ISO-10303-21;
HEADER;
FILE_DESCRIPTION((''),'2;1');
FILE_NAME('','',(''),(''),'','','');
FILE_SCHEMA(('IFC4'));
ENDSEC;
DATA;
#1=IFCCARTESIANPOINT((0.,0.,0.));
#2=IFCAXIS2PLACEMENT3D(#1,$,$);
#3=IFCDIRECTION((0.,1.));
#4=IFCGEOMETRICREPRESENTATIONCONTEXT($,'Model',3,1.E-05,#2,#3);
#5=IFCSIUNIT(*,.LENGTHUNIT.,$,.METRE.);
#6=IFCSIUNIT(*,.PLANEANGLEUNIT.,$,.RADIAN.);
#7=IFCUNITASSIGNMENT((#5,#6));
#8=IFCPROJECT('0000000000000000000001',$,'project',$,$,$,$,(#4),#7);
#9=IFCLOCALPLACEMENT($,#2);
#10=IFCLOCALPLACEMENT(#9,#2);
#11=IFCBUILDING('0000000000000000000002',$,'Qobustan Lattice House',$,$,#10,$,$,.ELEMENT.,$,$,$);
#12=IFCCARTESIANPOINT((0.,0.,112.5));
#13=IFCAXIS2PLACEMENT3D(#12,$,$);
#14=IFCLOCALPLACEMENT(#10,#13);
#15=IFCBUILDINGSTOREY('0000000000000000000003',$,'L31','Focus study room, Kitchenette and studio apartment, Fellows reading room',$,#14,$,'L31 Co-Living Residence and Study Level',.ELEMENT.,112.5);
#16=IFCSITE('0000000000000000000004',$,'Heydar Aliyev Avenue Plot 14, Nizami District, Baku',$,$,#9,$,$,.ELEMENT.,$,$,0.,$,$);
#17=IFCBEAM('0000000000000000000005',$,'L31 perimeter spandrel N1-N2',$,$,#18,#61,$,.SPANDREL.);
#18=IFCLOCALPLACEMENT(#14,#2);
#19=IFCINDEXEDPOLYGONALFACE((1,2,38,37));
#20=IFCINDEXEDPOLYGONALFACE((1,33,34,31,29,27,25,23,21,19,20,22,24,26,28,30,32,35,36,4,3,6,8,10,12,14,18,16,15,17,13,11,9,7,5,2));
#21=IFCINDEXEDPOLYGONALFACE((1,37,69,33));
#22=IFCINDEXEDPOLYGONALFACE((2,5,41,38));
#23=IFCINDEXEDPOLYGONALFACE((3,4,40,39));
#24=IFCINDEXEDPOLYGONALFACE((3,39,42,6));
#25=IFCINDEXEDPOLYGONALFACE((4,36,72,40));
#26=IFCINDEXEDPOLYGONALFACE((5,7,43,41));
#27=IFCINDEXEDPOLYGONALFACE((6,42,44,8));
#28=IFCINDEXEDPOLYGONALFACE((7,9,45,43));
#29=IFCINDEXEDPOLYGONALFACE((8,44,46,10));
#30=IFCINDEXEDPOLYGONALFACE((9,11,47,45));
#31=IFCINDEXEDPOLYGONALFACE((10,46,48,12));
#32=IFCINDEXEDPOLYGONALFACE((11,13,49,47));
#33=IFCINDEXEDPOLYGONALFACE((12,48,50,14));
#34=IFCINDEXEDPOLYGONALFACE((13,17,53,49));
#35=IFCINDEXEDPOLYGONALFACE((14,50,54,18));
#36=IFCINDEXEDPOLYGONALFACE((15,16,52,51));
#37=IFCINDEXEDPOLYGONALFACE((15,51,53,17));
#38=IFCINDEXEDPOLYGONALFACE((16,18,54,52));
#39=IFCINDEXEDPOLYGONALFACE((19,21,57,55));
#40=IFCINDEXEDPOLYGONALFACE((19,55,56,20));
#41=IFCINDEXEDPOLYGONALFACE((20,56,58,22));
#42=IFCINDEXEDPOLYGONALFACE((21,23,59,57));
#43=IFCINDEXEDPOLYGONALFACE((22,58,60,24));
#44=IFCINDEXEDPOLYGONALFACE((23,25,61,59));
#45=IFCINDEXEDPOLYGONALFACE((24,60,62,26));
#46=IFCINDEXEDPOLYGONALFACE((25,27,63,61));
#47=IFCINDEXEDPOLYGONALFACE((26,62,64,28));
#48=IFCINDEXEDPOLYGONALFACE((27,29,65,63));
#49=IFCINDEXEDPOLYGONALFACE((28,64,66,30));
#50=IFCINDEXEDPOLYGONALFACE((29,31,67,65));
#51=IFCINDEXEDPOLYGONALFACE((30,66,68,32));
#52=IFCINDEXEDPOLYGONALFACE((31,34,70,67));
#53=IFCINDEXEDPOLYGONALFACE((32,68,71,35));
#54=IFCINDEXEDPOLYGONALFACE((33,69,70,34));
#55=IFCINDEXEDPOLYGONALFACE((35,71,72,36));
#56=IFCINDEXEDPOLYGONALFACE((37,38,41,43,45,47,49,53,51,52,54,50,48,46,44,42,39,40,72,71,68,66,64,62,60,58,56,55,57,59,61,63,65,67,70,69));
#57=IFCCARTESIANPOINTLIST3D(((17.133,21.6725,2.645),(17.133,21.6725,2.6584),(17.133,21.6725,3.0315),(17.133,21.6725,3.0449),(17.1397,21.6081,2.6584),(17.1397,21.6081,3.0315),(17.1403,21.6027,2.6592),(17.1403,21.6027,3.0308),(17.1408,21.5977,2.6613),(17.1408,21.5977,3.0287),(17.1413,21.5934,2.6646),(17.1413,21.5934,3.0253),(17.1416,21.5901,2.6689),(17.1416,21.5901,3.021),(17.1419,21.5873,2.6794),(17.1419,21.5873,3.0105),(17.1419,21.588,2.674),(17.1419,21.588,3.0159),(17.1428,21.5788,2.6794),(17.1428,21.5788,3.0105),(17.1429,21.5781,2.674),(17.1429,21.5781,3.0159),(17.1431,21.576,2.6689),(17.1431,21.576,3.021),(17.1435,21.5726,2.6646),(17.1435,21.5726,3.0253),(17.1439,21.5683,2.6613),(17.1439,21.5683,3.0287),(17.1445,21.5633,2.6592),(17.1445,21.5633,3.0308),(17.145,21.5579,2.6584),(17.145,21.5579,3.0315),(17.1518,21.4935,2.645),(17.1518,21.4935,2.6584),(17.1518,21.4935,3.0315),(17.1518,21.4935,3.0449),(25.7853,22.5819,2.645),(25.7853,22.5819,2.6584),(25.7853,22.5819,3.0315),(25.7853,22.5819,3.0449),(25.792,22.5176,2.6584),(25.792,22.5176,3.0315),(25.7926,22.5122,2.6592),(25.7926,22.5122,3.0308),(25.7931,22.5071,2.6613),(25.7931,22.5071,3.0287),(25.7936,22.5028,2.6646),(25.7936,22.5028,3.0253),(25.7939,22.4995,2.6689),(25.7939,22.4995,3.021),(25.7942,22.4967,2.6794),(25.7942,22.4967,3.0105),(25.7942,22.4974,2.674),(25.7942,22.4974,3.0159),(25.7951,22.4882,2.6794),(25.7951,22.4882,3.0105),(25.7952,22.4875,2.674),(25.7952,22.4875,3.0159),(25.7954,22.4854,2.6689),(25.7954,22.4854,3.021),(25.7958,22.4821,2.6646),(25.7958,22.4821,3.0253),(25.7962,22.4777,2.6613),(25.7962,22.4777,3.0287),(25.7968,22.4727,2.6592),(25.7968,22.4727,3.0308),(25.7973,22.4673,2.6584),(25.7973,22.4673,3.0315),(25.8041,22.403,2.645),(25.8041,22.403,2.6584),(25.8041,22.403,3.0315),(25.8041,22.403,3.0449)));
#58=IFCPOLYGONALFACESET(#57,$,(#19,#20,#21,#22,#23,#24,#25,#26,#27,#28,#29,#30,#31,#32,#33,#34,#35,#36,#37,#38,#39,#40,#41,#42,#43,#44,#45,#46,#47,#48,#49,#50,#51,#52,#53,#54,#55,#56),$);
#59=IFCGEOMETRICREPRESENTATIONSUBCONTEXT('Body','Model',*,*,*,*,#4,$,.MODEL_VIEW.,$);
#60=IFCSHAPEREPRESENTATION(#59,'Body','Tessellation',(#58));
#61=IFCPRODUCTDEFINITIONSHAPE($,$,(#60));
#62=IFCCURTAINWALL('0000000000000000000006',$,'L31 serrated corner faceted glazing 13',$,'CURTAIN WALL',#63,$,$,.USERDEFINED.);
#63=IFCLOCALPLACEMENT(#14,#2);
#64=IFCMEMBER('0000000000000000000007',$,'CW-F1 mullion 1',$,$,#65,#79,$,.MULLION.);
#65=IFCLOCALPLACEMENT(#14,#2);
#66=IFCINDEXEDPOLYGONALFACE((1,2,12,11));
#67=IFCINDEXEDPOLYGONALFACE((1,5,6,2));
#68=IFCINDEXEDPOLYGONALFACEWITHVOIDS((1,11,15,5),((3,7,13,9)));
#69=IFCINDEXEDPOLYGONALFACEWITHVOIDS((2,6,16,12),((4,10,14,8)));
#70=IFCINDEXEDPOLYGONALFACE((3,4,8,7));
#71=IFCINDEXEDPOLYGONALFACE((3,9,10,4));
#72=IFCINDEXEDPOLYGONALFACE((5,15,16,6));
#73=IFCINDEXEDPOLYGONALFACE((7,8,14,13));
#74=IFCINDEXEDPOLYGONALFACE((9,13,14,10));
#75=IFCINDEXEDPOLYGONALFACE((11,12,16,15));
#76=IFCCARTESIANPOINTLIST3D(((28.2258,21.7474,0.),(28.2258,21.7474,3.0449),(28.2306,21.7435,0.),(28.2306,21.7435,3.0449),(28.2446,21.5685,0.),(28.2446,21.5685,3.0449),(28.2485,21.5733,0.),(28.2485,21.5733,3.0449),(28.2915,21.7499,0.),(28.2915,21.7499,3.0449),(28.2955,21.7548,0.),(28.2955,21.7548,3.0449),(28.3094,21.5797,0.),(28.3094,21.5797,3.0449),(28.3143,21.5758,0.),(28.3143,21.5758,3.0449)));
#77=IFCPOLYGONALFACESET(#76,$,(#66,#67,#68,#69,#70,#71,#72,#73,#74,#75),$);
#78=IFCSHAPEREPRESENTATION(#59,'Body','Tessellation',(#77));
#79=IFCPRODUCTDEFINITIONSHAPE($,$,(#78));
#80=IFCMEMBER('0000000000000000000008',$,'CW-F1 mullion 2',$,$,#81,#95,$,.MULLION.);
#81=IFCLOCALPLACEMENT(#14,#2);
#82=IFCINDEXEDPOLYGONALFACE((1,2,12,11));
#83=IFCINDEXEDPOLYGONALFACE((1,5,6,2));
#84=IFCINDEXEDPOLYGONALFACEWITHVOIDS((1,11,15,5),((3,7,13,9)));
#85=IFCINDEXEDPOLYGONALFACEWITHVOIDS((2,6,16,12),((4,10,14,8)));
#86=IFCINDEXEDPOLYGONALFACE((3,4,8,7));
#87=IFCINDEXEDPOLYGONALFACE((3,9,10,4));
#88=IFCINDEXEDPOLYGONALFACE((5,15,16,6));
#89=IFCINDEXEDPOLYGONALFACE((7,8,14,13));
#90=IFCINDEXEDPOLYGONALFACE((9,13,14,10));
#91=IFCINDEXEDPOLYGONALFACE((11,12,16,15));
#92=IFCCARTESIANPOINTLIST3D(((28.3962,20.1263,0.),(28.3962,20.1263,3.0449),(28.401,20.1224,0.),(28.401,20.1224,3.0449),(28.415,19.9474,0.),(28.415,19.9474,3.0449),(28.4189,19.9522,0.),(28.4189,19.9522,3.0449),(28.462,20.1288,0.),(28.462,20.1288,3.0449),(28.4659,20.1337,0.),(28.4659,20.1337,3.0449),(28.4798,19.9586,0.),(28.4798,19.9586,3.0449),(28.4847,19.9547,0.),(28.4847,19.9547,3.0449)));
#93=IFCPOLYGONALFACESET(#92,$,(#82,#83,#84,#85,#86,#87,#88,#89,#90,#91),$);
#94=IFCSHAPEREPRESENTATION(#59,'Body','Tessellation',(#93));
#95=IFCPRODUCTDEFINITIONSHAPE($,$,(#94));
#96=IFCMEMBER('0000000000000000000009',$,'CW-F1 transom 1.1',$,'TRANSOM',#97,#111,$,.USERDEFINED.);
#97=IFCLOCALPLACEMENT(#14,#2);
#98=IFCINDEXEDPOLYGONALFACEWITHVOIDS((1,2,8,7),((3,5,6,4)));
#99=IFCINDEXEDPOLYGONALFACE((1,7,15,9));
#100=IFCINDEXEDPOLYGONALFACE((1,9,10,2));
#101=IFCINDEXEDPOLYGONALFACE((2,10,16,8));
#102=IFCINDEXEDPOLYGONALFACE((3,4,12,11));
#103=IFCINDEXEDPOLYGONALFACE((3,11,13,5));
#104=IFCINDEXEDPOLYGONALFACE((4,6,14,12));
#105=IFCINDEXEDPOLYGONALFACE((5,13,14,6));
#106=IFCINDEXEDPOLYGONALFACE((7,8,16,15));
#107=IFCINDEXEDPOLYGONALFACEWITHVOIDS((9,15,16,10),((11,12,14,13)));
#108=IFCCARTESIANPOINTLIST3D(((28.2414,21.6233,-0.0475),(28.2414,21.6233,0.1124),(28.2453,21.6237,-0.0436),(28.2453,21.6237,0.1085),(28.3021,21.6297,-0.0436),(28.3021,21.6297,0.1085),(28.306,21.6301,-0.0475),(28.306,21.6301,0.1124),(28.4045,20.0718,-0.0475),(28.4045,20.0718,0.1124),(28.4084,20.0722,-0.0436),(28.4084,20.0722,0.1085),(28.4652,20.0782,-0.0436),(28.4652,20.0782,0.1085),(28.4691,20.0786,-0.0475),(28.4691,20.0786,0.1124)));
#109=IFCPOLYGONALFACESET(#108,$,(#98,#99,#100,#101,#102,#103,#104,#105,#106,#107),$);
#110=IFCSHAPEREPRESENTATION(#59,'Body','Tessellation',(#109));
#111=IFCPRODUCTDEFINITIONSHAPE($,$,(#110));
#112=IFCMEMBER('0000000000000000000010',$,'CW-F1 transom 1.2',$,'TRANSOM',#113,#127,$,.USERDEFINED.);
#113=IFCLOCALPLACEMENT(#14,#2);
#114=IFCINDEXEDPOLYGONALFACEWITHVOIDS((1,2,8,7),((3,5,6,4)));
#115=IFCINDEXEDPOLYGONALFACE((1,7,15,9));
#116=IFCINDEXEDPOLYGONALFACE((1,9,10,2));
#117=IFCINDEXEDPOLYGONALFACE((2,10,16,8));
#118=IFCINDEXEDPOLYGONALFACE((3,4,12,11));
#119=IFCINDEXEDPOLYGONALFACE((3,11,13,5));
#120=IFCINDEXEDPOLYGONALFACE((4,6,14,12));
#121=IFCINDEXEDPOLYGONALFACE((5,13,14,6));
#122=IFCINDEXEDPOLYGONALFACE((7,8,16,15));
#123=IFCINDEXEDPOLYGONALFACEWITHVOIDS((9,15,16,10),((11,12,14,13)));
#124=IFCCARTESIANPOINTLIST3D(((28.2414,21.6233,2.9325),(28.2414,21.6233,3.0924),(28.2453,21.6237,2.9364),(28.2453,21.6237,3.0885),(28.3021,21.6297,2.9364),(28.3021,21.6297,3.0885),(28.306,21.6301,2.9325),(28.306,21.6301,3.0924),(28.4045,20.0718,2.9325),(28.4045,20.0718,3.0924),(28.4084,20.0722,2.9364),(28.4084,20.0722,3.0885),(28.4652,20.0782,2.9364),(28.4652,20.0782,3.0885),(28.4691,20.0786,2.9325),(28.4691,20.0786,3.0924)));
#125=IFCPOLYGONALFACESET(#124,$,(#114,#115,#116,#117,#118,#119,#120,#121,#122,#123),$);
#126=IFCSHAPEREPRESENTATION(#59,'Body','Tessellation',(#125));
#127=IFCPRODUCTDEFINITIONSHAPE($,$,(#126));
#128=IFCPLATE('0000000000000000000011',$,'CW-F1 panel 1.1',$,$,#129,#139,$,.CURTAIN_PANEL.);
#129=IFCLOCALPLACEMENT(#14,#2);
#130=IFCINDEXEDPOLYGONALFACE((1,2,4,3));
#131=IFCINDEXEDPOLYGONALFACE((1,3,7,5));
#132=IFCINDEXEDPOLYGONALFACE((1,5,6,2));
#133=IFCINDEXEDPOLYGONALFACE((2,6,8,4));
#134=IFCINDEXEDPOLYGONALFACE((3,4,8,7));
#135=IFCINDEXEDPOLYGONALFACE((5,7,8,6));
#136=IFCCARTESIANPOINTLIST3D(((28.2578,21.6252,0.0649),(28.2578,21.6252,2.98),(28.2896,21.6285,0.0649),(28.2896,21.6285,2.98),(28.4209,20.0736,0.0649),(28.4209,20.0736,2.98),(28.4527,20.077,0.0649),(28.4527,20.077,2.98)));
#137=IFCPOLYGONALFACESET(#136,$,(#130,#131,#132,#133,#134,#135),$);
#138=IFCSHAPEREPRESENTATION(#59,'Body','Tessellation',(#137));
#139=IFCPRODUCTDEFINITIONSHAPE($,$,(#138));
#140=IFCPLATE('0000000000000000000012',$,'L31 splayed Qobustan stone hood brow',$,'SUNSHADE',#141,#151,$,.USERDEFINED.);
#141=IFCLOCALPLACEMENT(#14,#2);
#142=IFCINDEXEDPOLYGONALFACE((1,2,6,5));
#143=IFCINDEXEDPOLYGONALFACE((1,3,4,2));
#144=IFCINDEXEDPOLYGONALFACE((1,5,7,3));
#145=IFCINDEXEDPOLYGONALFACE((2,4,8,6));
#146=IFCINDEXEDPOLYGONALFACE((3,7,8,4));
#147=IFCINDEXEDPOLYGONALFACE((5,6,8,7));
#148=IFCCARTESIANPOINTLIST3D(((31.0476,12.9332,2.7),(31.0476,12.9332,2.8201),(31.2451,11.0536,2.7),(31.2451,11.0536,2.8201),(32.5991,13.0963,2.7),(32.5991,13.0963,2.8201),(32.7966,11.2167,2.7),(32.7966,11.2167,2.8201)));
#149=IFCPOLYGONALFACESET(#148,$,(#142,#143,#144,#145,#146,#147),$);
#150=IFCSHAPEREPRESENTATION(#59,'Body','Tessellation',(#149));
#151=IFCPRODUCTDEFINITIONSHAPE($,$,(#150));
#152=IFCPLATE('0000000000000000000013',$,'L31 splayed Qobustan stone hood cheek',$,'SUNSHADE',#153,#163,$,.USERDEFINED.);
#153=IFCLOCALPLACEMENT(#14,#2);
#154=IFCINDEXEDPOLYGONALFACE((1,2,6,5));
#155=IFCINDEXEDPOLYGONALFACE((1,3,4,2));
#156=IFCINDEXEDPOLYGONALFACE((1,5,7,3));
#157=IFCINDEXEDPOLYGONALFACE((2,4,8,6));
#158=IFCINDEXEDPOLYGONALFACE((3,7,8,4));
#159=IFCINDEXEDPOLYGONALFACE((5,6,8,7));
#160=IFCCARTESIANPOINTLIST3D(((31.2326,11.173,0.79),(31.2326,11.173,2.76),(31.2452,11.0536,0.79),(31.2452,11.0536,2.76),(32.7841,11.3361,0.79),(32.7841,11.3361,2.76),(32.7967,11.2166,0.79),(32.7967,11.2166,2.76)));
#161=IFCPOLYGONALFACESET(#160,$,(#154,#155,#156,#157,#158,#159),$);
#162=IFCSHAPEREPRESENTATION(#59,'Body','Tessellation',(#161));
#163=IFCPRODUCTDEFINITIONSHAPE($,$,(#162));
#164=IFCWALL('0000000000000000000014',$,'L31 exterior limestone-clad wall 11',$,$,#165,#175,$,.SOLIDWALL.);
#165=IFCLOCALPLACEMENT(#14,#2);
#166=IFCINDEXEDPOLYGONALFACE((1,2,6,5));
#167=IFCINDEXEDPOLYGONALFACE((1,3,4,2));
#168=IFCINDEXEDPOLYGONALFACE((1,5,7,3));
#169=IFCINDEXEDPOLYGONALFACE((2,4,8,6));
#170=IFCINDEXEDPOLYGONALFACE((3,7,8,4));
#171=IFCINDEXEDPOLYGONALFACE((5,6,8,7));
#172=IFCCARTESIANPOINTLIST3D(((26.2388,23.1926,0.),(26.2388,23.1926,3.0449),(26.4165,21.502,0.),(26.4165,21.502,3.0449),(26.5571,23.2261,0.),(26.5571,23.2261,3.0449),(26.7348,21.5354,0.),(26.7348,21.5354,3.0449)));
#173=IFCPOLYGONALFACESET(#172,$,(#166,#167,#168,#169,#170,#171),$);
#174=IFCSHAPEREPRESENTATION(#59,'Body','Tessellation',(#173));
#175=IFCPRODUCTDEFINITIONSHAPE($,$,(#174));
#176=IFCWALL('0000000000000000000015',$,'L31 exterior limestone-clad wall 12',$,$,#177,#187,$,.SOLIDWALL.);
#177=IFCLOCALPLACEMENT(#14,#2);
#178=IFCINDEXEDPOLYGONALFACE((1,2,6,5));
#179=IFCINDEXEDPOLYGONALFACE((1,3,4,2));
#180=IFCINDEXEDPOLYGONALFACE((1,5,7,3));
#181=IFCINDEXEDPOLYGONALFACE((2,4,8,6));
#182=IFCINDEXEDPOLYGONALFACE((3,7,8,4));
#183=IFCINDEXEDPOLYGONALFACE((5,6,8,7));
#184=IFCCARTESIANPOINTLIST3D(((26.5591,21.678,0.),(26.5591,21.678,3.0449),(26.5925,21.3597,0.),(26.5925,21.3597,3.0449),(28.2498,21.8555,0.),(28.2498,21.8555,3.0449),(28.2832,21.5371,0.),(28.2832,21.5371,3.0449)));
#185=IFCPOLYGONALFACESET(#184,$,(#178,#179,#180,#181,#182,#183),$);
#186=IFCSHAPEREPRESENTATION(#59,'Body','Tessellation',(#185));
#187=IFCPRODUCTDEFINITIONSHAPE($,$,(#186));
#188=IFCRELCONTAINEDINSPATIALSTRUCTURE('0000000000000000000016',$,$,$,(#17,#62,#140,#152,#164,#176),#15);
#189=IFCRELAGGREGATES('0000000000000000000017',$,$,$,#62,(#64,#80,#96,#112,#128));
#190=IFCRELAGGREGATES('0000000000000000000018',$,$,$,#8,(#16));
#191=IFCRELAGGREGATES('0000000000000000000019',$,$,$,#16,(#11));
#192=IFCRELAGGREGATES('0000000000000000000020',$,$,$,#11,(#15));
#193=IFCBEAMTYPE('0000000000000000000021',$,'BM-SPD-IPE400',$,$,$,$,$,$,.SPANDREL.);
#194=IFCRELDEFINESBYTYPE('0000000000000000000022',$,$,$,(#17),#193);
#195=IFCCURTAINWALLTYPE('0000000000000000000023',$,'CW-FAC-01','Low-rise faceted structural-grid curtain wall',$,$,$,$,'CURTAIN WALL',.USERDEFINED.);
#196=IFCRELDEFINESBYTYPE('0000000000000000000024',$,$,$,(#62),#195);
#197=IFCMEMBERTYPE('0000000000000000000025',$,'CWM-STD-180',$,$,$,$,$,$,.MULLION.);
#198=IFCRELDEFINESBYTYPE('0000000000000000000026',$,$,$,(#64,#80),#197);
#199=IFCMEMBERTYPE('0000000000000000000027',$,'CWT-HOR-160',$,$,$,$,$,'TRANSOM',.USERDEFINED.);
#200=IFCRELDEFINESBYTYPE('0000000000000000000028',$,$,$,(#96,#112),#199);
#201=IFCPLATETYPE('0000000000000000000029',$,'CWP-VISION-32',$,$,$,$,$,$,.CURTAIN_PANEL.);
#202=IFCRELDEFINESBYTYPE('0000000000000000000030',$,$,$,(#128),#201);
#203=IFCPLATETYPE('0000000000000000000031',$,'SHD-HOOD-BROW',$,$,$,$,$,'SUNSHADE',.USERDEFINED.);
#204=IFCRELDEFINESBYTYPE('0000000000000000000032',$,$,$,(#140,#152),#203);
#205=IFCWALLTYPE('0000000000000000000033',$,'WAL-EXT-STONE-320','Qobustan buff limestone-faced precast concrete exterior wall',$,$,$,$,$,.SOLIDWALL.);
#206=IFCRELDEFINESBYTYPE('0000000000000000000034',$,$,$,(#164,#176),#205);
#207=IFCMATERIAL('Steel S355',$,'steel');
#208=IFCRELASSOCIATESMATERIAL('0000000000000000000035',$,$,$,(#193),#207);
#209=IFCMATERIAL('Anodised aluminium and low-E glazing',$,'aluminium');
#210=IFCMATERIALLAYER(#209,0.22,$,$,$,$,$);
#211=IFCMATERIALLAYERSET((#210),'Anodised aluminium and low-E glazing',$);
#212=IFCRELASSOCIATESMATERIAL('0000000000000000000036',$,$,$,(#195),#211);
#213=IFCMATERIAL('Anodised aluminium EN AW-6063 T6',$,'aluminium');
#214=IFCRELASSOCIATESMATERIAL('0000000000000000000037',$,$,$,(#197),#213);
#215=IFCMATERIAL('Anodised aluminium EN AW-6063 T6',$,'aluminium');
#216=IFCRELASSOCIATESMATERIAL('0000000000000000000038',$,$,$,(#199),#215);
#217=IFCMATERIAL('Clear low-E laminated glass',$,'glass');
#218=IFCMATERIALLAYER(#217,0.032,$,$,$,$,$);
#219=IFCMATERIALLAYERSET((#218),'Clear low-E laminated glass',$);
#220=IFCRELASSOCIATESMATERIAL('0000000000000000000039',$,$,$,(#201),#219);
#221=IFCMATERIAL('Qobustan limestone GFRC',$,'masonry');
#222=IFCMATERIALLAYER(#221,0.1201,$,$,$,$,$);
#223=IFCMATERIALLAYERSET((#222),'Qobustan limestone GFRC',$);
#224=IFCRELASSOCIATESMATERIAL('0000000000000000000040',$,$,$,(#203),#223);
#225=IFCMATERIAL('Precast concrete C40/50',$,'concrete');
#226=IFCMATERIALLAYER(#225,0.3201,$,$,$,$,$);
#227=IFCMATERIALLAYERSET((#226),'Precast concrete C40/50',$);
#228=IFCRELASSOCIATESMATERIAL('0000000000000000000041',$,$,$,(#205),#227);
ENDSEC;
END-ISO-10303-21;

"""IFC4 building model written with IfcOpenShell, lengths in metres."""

from ifc_helpers import new_model, si_unit, direction, frame, frame_2d, origin, origin_2d, place, context, subcontext, project, spatial, rectangle, hollow_rectangle, i_section, extrude, material, layer, layer_set, material_profile, profile_set, type_object, element, aggregate, save


model = new_model("IFC4")

# Units and contexts
model_context = context("Model", 3, precision=1e-05, world=origin(), true_north=direction((0.0, 1.0)))
body_context = subcontext(model_context, "Body", "Model", "MODEL_VIEW")
ifc_project = project(units=[si_unit("LENGTHUNIT", "METRE"), si_unit("PLANEANGLEUNIT", "RADIAN")], contexts=[model_context])

# Site, building, storey
site_placement = place(None, origin())
site = spatial("IfcSite", under=ifc_project, at=site_placement, Name="Heydar Aliyev Avenue Plot 14, Nizami District, Baku", CompositionType="ELEMENT", RefElevation=0.0)
building_placement = place(site_placement, origin())
building = spatial("IfcBuilding", under=site, at=building_placement, Name="Qobustan Lattice House", CompositionType="ELEMENT")
storey_placement = place(building_placement, frame((0.0, 0.0, 112.5)))
storey = spatial("IfcBuildingStorey", under=building, at=storey_placement, Name="L31", Description="Focus study room, Kitchenette and studio apartment, Fellows reading room", LongName="L31 Co-Living Residence and Study Level", CompositionType="ELEMENT", Elevation=112.5)

# Beam
ifc_material_1 = material(Name="Steel S355", Category="steel")
ifc_material_profile_1 = material_profile(ifc_material_1, i_section(OverallWidth=0.1799, OverallDepth=0.3999, WebThickness=0.0085, FlangeThickness=0.0134, FilletRadius=0.021, at=origin_2d()), Name="IPE400")
ifc_profile_set_1 = profile_set([ifc_material_profile_1], Name="Steel S355")
beam_type_1 = type_object("IfcBeamType", Name="BM-SPD-IPE400", PredefinedType="SPANDREL", material=ifc_profile_set_1)
beam_1_placement = place(storey_placement, frame((25.7947, 22.4924, 2.845), z_axis=(-0.994522, -0.104531, 0.0), x_axis=(0.104531, -0.994522, 0.0)))
element("IfcBeam", 1, at=beam_1_placement, inside=storey, type_object=beam_type_1, Name="L31 perimeter spandrel N1-N2", PredefinedType="SPANDREL", context=body_context, shape_type="SweptSolid", body=[
    extrude(i_section(OverallWidth=0.1799, OverallDepth=0.3999, WebThickness=0.0085, FlangeThickness=0.0134, FilletRadius=0.021, at=origin_2d()), origin(), (0.0, 0.0, 1.0), 8.7),
])

# Curtain wall, members, plate
ifc_material_2 = material(Name="Anodised aluminium and low-E glazing", Category="aluminium")
ifc_layer_1 = layer(ifc_material_2, 0.22)
ifc_layer_set_1 = layer_set([ifc_layer_1], Name="Anodised aluminium and low-E glazing")
curtain_wall_type = type_object("IfcCurtainWallType", Name="CW-FAC-01", Description="Low-rise faceted structural-grid curtain wall", ElementType="CURTAIN WALL", PredefinedType="USERDEFINED", material=ifc_layer_set_1)
curtain_wall_placement = place(storey_placement, origin())
curtain_wall = element("IfcCurtainWall", 2, at=curtain_wall_placement, inside=storey, type_object=curtain_wall_type, Name="L31 serrated corner faceted glazing 13", ObjectType="CURTAIN WALL", PredefinedType="USERDEFINED")
ifc_material_3 = material(Name="Anodised aluminium EN AW-6063 T6", Category="aluminium")
ifc_material_profile_2 = material_profile(ifc_material_3, hollow_rectangle(XDim=0.0701, YDim=0.1799, WallThickness=0.0044, at=origin_2d()), Name="CWM-180x70")
ifc_profile_set_2 = profile_set([ifc_material_profile_2], Name="Anodised aluminium EN AW-6063 T6")
member_type_1 = type_object("IfcMemberType", Name="CWM-STD-180", PredefinedType="MULLION", material=ifc_profile_set_2)
member_1_placement = place(storey_placement, frame((28.27, 21.6616, 0.0), z_axis=(0.0, 0.0, 1.0), x_axis=(0.994522, 0.104529, 0.0)))
member_1 = element("IfcMember", 3, at=member_1_placement, type_object=member_type_1, Name="CW-F1 mullion 1", PredefinedType="MULLION", context=body_context, shape_type="SweptSolid", body=[
    extrude(hollow_rectangle(XDim=0.0701, YDim=0.1799, WallThickness=0.0044, at=origin_2d()), origin(), (0.0, 0.0, 1.0), 3.0449),
])
member_2_placement = place(storey_placement, frame((28.4404, 20.0405, 0.0), z_axis=(0.0, 0.0, 1.0), x_axis=(0.994522, 0.104529, 0.0)))
member_2 = element("IfcMember", 4, at=member_2_placement, type_object=member_type_1, Name="CW-F1 mullion 2", PredefinedType="MULLION", context=body_context, shape_type="SweptSolid", body=[
    extrude(hollow_rectangle(XDim=0.0701, YDim=0.1799, WallThickness=0.0044, at=origin_2d()), origin(), (0.0, 0.0, 1.0), 3.0449),
])
ifc_material_4 = material(Name="Anodised aluminium EN AW-6063 T6", Category="aluminium")
ifc_material_profile_3 = material_profile(ifc_material_4, hollow_rectangle(XDim=0.0649, YDim=0.1599, WallThickness=0.0039, at=origin_2d()), Name="CWT-160x65")
ifc_profile_set_3 = profile_set([ifc_material_profile_3], Name="Anodised aluminium EN AW-6063 T6")
member_type_2 = type_object("IfcMemberType", Name="CWT-HOR-160", ElementType="TRANSOM", PredefinedType="USERDEFINED", material=ifc_profile_set_3)
member_3_placement = place(storey_placement, frame((28.2737, 21.6267, 0.0325), z_axis=(0.104538, -0.994521, 0.0), x_axis=(0.994521, 0.104538, 0.0)))
member_3 = element("IfcMember", 5, at=member_3_placement, type_object=member_type_2, Name="CW-F1 transom 1.1", ObjectType="TRANSOM", PredefinedType="USERDEFINED", context=body_context, shape_type="SweptSolid", body=[
    extrude(hollow_rectangle(XDim=0.0649, YDim=0.1599, WallThickness=0.0039, at=origin_2d()), origin(), (0.0, 0.0, 1.0), 1.5601),
])
member_4_placement = place(storey_placement, frame((28.2737, 21.6267, 3.0125), z_axis=(0.104538, -0.994521, 0.0), x_axis=(0.994521, 0.104538, 0.0)))
member_4 = element("IfcMember", 6, at=member_4_placement, type_object=member_type_2, Name="CW-F1 transom 1.2", ObjectType="TRANSOM", PredefinedType="USERDEFINED", context=body_context, shape_type="SweptSolid", body=[
    extrude(hollow_rectangle(XDim=0.0649, YDim=0.1599, WallThickness=0.0039, at=origin_2d()), origin(), (0.0, 0.0, 1.0), 1.5601),
])
ifc_material_5 = material(Name="Clear low-E laminated glass", Category="glass")
ifc_layer_2 = layer(ifc_material_5, 0.032)
ifc_layer_set_2 = layer_set([ifc_layer_2], Name="Clear low-E laminated glass")
plate_type_1 = type_object("IfcPlateType", Name="CWP-VISION-32", PredefinedType="CURTAIN_PANEL", material=ifc_layer_set_2)
plate_1_placement = place(storey_placement, frame((28.3552, 20.8511, 0.0649), z_axis=(0.0, 0.0, 1.0), x_axis=(0.104529, -0.994522, 0.0)))
plate_1 = element("IfcPlate", 7, at=plate_1_placement, type_object=plate_type_1, Name="CW-F1 panel 1.1", PredefinedType="CURTAIN_PANEL", context=body_context, shape_type="SweptSolid", body=[
    extrude(rectangle(XDim=1.5601, YDim=0.032, at=origin_2d()), origin(), (0.0, 0.0, 1.0), 2.915),
])
aggregate(curtain_wall, [member_1, member_2, member_3, member_4, plate_1])

# Plates
ifc_material_6 = material(Name="Qobustan limestone GFRC", Category="masonry")
ifc_layer_3 = layer(ifc_material_6, 0.1201)
ifc_layer_set_3 = layer_set([ifc_layer_3], Name="Qobustan limestone GFRC")
plate_type_2 = type_object("IfcPlateType", Name="SHD-HOOD-BROW", ElementType="SUNSHADE", PredefinedType="USERDEFINED", material=ifc_layer_set_3)
plate_2_placement = place(storey_placement, frame((31.9221, 12.075, 2.7), z_axis=(0.0, 0.0, 1.0), x_axis=(0.104528, -0.994522, 0.0)))
element("IfcPlate", 8, at=plate_2_placement, inside=storey, type_object=plate_type_2, Name="L31 splayed Qobustan stone hood brow", ObjectType="SUNSHADE", PredefinedType="USERDEFINED", context=body_context, shape_type="SweptSolid", body=[
    extrude(rectangle(XDim=1.8899, YDim=1.5601, at=origin_2d()), origin(), (0.0, 0.0, 1.0), 0.1201),
])
plate_3_placement = place(storey_placement, frame((32.0146, 11.1948, 0.79), z_axis=(0.0, 0.0, 1.0), x_axis=(0.104528, -0.994522, 0.0)))
element("IfcPlate", 9, at=plate_3_placement, inside=storey, type_object=plate_type_2, Name="L31 splayed Qobustan stone hood cheek", ObjectType="SUNSHADE", PredefinedType="USERDEFINED", context=body_context, shape_type="SweptSolid", body=[
    extrude(rectangle(XDim=0.1201, YDim=1.5601, at=origin_2d()), origin(), (0.0, 0.0, 1.0), 1.97),
])

# Walls
ifc_material_7 = material(Name="Precast concrete C40/50", Category="concrete")
ifc_layer_4 = layer(ifc_material_7, 0.3201)
ifc_layer_set_4 = layer_set([ifc_layer_4], Name="Precast concrete C40/50")
wall_type_1 = type_object("IfcWallType", Name="WAL-EXT-STONE-320", Description="Qobustan buff limestone-faced precast concrete exterior wall", PredefinedType="SOLIDWALL", material=ifc_layer_set_4)
for number, where, z_axis, x_axis, name in (
    (10, (26.3979, 23.2095, 0.0), (0.0, 0.0, 1.0), (0.10455, -0.99452, 0.0), "L31 exterior limestone-clad wall 11"),
    (11, (26.5757, 21.5188, 0.0), (0.0, 0.0, 1.0), (0.994535, 0.104408, 0.0), "L31 exterior limestone-clad wall 12"),
):
    element("IfcWall", number, at=place(storey_placement, frame(where, z_axis=z_axis, x_axis=x_axis)), inside=storey, type_object=wall_type_1, Name=name, PredefinedType="SOLIDWALL", context=body_context, shape_type="SweptSolid", body=[
        extrude(rectangle(XDim=1.7, YDim=0.3201, at=frame_2d((0.8501, 0.0))), origin(), (0.0, 0.0, 1.0), 3.0449),
    ])

save(model, "model.ifc")
